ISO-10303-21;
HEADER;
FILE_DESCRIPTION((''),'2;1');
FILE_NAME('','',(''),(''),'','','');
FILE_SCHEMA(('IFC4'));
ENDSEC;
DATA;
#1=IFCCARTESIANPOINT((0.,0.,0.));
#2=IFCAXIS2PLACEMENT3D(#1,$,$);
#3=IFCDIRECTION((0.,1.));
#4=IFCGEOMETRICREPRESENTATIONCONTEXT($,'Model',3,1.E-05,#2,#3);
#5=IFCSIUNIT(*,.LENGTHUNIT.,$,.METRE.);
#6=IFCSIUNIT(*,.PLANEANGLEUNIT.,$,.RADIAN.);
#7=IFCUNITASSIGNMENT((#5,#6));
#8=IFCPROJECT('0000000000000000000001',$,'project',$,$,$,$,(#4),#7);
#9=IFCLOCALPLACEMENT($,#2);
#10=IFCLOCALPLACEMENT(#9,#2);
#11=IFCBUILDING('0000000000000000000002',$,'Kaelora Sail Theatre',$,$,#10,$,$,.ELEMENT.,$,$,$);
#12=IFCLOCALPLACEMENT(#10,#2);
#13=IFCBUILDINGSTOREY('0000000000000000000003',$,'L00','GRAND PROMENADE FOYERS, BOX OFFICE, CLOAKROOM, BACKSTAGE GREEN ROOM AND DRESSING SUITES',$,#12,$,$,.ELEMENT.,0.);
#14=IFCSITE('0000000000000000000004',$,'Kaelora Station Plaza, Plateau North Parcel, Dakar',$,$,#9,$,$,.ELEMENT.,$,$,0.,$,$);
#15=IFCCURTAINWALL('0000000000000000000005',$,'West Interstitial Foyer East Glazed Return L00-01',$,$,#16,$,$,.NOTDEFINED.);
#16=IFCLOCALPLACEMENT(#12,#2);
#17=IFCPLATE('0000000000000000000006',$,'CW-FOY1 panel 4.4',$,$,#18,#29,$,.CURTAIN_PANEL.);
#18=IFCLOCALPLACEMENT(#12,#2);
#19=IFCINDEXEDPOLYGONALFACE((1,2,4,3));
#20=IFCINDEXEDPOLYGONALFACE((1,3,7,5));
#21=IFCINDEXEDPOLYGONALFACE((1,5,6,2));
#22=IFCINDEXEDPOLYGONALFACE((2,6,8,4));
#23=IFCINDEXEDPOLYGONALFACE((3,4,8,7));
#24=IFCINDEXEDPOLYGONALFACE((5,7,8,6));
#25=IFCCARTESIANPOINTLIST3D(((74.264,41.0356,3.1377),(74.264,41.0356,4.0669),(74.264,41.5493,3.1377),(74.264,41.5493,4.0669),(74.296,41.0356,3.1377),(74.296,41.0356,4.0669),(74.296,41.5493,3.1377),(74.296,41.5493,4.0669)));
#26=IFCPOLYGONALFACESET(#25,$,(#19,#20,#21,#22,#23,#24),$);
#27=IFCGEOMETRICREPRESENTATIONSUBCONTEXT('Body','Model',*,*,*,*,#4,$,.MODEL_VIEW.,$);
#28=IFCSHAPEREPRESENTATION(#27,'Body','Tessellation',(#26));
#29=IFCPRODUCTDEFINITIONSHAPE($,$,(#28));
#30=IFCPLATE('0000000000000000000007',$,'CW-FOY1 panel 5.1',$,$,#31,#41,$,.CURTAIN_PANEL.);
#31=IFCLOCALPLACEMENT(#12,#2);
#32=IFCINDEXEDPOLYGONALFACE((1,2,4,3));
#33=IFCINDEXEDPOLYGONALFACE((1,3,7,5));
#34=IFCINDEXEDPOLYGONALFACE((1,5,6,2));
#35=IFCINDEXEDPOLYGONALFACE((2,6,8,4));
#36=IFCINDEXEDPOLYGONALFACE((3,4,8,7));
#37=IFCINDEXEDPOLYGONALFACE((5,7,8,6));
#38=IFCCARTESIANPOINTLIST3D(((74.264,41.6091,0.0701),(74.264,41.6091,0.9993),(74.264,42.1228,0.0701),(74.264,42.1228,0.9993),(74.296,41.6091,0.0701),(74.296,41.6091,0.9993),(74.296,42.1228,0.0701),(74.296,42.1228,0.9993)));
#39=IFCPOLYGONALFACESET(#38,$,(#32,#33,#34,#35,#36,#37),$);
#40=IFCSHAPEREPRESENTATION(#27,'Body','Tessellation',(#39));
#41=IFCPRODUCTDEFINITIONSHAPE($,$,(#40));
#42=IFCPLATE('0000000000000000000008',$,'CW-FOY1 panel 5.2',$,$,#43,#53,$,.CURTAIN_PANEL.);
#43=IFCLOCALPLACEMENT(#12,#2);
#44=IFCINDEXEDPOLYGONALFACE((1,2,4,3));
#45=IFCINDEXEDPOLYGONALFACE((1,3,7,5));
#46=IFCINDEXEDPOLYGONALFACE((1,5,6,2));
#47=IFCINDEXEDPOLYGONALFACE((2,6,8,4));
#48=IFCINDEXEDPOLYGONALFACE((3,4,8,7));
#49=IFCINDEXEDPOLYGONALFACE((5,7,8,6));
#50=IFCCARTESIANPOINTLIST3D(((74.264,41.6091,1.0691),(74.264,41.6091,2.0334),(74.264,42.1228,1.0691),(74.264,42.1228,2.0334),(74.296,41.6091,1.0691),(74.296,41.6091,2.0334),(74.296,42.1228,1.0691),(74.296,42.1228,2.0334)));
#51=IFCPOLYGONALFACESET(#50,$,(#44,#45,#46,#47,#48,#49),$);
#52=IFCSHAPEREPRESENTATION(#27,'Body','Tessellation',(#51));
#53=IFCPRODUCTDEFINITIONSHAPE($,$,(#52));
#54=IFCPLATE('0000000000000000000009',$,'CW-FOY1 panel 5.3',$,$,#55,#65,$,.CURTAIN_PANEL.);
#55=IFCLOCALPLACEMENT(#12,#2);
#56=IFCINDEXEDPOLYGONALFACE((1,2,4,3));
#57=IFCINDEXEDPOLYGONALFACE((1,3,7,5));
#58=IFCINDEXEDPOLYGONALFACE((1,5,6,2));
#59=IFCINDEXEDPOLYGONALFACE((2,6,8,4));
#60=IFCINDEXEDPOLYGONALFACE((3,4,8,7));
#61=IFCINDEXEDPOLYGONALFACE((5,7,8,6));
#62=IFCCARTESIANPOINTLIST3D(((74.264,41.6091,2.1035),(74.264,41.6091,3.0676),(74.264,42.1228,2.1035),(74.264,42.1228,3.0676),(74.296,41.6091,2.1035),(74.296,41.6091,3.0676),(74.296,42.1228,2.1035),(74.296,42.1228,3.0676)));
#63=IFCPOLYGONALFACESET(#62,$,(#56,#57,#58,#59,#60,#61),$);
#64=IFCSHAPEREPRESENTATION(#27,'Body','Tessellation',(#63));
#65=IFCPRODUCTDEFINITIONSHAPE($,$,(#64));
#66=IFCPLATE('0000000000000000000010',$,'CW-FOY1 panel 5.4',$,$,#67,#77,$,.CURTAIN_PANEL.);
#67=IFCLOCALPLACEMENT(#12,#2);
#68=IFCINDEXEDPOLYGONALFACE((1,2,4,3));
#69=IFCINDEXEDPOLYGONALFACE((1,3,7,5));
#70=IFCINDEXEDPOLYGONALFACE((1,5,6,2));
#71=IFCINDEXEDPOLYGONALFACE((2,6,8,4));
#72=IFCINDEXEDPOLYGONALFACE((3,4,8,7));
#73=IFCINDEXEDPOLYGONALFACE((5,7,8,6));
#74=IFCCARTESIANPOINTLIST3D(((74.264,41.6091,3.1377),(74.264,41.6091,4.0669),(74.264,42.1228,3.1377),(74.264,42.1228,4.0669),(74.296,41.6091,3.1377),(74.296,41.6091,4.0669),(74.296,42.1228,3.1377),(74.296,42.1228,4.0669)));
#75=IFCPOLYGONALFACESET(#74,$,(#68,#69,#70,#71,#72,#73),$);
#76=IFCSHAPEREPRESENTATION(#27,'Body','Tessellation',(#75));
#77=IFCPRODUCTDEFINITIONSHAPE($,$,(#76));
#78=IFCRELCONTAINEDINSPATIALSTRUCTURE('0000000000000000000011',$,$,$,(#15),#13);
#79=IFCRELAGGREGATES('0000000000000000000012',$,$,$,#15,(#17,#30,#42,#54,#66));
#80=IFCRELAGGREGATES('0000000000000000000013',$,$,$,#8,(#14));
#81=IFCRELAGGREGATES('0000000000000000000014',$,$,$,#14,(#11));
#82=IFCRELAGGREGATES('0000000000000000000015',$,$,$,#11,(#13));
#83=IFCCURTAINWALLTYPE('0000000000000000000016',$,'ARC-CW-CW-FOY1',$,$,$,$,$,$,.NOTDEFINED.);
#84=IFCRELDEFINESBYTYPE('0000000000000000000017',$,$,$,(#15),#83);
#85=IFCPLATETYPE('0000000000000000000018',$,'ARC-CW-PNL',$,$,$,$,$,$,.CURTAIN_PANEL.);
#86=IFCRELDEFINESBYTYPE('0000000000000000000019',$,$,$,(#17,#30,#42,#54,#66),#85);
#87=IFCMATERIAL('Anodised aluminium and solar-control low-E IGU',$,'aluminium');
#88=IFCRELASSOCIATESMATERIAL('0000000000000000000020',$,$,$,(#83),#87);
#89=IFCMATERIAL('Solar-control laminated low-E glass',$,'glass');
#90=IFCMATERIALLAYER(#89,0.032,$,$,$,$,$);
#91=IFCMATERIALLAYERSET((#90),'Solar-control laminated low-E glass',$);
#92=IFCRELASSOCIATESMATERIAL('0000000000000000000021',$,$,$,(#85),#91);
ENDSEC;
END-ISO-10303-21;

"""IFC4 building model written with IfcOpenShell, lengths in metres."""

from ifc_helpers import new_model, si_unit, direction, frame, origin, origin_2d, place, context, subcontext, project, spatial, rectangle, extrude, material, layer, layer_set, type_object, element, aggregate, save


model = new_model("IFC4")

# Units and contexts
model_context = context("Model", 3, precision=1e-05, world=origin(), true_north=direction((0.0, 1.0)))
body_context = subcontext(model_context, "Body", "Model", "MODEL_VIEW")
ifc_project = project(units=[si_unit("LENGTHUNIT", "METRE"), si_unit("PLANEANGLEUNIT", "RADIAN")], contexts=[model_context])

# Site, building, storey
site_placement = place(None, origin())
site = spatial("IfcSite", under=ifc_project, at=site_placement, Name="Kaelora Station Plaza, Plateau North Parcel, Dakar", CompositionType="ELEMENT", RefElevation=0.0)
building_placement = place(site_placement, origin())
building = spatial("IfcBuilding", under=site, at=building_placement, Name="Kaelora Sail Theatre", CompositionType="ELEMENT")
storey_placement = place(building_placement, origin())
storey = spatial("IfcBuildingStorey", under=building, at=storey_placement, Name="L00", Description="GRAND PROMENADE FOYERS, BOX OFFICE, CLOAKROOM, BACKSTAGE GREEN ROOM AND DRESSING SUITES", CompositionType="ELEMENT", Elevation=0.0)

# Curtain wall
ifc_material_1 = material(Name="Anodised aluminium and solar-control low-E IGU", Category="aluminium")
curtain_wall_type = type_object("IfcCurtainWallType", Name="ARC-CW-CW-FOY1", PredefinedType="NOTDEFINED", material=ifc_material_1)
curtain_wall_placement = place(storey_placement, origin())
curtain_wall = element("IfcCurtainWall", 1, at=curtain_wall_placement, inside=storey, type_object=curtain_wall_type, Name="West Interstitial Foyer East Glazed Return L00-01", PredefinedType="NOTDEFINED")

# Plates
ifc_material_2 = material(Name="Solar-control laminated low-E glass", Category="glass")
ifc_layer = layer(ifc_material_2, 0.032)
ifc_layer_set = layer_set([ifc_layer], Name="Solar-control laminated low-E glass")
plate_type = type_object("IfcPlateType", Name="ARC-CW-PNL", PredefinedType="CURTAIN_PANEL", material=ifc_layer_set)
plate_1_placement = place(storey_placement, frame((74.28, 41.2925, 3.1377), z_axis=(0.0, 0.0, 1.0), x_axis=(0.0, 1.0, 0.0)))
plate_1 = element("IfcPlate", 2, at=plate_1_placement, type_object=plate_type, Name="CW-FOY1 panel 4.4", PredefinedType="CURTAIN_PANEL", context=body_context, shape_type="SweptSolid", body=[
    extrude(rectangle(XDim=0.5137, YDim=0.032, at=origin_2d()), origin(), (0.0, 0.0, 1.0), 0.9292),
])
plate_2_placement = place(storey_placement, frame((74.28, 41.866, 0.0701), z_axis=(0.0, 0.0, 1.0), x_axis=(0.0, 1.0, 0.0)))
plate_2 = element("IfcPlate", 3, at=plate_2_placement, type_object=plate_type, Name="CW-FOY1 panel 5.1", PredefinedType="CURTAIN_PANEL", context=body_context, shape_type="SweptSolid", body=[
    extrude(rectangle(XDim=0.5137, YDim=0.032, at=origin_2d()), origin(), (0.0, 0.0, 1.0), 0.9292),
])
plate_3_placement = place(storey_placement, frame((74.28, 41.866, 1.0691), z_axis=(0.0, 0.0, 1.0), x_axis=(0.0, 1.0, 0.0)))
plate_3 = element("IfcPlate", 4, at=plate_3_placement, type_object=plate_type, Name="CW-FOY1 panel 5.2", PredefinedType="CURTAIN_PANEL", context=body_context, shape_type="SweptSolid", body=[
    extrude(rectangle(XDim=0.5137, YDim=0.032, at=origin_2d()), origin(), (0.0, 0.0, 1.0), 0.9644),
])
plate_4_placement = place(storey_placement, frame((74.28, 41.866, 2.1035), z_axis=(0.0, 0.0, 1.0), x_axis=(0.0, 1.0, 0.0)))
plate_4 = element("IfcPlate", 5, at=plate_4_placement, type_object=plate_type, Name="CW-FOY1 panel 5.3", PredefinedType="CURTAIN_PANEL", context=body_context, shape_type="SweptSolid", body=[
    extrude(rectangle(XDim=0.5137, YDim=0.032, at=origin_2d()), origin(), (0.0, 0.0, 1.0), 0.9641),
])
plate_5_placement = place(storey_placement, frame((74.28, 41.866, 3.1377), z_axis=(0.0, 0.0, 1.0), x_axis=(0.0, 1.0, 0.0)))
plate_5 = element("IfcPlate", 6, at=plate_5_placement, type_object=plate_type, Name="CW-FOY1 panel 5.4", PredefinedType="CURTAIN_PANEL", context=body_context, shape_type="SweptSolid", body=[
    extrude(rectangle(XDim=0.5137, YDim=0.032, at=origin_2d()), origin(), (0.0, 0.0, 1.0), 0.9292),
])
aggregate(curtain_wall, [plate_1, plate_2, plate_3, plate_4, plate_5])

save(model, "model.ifc")
